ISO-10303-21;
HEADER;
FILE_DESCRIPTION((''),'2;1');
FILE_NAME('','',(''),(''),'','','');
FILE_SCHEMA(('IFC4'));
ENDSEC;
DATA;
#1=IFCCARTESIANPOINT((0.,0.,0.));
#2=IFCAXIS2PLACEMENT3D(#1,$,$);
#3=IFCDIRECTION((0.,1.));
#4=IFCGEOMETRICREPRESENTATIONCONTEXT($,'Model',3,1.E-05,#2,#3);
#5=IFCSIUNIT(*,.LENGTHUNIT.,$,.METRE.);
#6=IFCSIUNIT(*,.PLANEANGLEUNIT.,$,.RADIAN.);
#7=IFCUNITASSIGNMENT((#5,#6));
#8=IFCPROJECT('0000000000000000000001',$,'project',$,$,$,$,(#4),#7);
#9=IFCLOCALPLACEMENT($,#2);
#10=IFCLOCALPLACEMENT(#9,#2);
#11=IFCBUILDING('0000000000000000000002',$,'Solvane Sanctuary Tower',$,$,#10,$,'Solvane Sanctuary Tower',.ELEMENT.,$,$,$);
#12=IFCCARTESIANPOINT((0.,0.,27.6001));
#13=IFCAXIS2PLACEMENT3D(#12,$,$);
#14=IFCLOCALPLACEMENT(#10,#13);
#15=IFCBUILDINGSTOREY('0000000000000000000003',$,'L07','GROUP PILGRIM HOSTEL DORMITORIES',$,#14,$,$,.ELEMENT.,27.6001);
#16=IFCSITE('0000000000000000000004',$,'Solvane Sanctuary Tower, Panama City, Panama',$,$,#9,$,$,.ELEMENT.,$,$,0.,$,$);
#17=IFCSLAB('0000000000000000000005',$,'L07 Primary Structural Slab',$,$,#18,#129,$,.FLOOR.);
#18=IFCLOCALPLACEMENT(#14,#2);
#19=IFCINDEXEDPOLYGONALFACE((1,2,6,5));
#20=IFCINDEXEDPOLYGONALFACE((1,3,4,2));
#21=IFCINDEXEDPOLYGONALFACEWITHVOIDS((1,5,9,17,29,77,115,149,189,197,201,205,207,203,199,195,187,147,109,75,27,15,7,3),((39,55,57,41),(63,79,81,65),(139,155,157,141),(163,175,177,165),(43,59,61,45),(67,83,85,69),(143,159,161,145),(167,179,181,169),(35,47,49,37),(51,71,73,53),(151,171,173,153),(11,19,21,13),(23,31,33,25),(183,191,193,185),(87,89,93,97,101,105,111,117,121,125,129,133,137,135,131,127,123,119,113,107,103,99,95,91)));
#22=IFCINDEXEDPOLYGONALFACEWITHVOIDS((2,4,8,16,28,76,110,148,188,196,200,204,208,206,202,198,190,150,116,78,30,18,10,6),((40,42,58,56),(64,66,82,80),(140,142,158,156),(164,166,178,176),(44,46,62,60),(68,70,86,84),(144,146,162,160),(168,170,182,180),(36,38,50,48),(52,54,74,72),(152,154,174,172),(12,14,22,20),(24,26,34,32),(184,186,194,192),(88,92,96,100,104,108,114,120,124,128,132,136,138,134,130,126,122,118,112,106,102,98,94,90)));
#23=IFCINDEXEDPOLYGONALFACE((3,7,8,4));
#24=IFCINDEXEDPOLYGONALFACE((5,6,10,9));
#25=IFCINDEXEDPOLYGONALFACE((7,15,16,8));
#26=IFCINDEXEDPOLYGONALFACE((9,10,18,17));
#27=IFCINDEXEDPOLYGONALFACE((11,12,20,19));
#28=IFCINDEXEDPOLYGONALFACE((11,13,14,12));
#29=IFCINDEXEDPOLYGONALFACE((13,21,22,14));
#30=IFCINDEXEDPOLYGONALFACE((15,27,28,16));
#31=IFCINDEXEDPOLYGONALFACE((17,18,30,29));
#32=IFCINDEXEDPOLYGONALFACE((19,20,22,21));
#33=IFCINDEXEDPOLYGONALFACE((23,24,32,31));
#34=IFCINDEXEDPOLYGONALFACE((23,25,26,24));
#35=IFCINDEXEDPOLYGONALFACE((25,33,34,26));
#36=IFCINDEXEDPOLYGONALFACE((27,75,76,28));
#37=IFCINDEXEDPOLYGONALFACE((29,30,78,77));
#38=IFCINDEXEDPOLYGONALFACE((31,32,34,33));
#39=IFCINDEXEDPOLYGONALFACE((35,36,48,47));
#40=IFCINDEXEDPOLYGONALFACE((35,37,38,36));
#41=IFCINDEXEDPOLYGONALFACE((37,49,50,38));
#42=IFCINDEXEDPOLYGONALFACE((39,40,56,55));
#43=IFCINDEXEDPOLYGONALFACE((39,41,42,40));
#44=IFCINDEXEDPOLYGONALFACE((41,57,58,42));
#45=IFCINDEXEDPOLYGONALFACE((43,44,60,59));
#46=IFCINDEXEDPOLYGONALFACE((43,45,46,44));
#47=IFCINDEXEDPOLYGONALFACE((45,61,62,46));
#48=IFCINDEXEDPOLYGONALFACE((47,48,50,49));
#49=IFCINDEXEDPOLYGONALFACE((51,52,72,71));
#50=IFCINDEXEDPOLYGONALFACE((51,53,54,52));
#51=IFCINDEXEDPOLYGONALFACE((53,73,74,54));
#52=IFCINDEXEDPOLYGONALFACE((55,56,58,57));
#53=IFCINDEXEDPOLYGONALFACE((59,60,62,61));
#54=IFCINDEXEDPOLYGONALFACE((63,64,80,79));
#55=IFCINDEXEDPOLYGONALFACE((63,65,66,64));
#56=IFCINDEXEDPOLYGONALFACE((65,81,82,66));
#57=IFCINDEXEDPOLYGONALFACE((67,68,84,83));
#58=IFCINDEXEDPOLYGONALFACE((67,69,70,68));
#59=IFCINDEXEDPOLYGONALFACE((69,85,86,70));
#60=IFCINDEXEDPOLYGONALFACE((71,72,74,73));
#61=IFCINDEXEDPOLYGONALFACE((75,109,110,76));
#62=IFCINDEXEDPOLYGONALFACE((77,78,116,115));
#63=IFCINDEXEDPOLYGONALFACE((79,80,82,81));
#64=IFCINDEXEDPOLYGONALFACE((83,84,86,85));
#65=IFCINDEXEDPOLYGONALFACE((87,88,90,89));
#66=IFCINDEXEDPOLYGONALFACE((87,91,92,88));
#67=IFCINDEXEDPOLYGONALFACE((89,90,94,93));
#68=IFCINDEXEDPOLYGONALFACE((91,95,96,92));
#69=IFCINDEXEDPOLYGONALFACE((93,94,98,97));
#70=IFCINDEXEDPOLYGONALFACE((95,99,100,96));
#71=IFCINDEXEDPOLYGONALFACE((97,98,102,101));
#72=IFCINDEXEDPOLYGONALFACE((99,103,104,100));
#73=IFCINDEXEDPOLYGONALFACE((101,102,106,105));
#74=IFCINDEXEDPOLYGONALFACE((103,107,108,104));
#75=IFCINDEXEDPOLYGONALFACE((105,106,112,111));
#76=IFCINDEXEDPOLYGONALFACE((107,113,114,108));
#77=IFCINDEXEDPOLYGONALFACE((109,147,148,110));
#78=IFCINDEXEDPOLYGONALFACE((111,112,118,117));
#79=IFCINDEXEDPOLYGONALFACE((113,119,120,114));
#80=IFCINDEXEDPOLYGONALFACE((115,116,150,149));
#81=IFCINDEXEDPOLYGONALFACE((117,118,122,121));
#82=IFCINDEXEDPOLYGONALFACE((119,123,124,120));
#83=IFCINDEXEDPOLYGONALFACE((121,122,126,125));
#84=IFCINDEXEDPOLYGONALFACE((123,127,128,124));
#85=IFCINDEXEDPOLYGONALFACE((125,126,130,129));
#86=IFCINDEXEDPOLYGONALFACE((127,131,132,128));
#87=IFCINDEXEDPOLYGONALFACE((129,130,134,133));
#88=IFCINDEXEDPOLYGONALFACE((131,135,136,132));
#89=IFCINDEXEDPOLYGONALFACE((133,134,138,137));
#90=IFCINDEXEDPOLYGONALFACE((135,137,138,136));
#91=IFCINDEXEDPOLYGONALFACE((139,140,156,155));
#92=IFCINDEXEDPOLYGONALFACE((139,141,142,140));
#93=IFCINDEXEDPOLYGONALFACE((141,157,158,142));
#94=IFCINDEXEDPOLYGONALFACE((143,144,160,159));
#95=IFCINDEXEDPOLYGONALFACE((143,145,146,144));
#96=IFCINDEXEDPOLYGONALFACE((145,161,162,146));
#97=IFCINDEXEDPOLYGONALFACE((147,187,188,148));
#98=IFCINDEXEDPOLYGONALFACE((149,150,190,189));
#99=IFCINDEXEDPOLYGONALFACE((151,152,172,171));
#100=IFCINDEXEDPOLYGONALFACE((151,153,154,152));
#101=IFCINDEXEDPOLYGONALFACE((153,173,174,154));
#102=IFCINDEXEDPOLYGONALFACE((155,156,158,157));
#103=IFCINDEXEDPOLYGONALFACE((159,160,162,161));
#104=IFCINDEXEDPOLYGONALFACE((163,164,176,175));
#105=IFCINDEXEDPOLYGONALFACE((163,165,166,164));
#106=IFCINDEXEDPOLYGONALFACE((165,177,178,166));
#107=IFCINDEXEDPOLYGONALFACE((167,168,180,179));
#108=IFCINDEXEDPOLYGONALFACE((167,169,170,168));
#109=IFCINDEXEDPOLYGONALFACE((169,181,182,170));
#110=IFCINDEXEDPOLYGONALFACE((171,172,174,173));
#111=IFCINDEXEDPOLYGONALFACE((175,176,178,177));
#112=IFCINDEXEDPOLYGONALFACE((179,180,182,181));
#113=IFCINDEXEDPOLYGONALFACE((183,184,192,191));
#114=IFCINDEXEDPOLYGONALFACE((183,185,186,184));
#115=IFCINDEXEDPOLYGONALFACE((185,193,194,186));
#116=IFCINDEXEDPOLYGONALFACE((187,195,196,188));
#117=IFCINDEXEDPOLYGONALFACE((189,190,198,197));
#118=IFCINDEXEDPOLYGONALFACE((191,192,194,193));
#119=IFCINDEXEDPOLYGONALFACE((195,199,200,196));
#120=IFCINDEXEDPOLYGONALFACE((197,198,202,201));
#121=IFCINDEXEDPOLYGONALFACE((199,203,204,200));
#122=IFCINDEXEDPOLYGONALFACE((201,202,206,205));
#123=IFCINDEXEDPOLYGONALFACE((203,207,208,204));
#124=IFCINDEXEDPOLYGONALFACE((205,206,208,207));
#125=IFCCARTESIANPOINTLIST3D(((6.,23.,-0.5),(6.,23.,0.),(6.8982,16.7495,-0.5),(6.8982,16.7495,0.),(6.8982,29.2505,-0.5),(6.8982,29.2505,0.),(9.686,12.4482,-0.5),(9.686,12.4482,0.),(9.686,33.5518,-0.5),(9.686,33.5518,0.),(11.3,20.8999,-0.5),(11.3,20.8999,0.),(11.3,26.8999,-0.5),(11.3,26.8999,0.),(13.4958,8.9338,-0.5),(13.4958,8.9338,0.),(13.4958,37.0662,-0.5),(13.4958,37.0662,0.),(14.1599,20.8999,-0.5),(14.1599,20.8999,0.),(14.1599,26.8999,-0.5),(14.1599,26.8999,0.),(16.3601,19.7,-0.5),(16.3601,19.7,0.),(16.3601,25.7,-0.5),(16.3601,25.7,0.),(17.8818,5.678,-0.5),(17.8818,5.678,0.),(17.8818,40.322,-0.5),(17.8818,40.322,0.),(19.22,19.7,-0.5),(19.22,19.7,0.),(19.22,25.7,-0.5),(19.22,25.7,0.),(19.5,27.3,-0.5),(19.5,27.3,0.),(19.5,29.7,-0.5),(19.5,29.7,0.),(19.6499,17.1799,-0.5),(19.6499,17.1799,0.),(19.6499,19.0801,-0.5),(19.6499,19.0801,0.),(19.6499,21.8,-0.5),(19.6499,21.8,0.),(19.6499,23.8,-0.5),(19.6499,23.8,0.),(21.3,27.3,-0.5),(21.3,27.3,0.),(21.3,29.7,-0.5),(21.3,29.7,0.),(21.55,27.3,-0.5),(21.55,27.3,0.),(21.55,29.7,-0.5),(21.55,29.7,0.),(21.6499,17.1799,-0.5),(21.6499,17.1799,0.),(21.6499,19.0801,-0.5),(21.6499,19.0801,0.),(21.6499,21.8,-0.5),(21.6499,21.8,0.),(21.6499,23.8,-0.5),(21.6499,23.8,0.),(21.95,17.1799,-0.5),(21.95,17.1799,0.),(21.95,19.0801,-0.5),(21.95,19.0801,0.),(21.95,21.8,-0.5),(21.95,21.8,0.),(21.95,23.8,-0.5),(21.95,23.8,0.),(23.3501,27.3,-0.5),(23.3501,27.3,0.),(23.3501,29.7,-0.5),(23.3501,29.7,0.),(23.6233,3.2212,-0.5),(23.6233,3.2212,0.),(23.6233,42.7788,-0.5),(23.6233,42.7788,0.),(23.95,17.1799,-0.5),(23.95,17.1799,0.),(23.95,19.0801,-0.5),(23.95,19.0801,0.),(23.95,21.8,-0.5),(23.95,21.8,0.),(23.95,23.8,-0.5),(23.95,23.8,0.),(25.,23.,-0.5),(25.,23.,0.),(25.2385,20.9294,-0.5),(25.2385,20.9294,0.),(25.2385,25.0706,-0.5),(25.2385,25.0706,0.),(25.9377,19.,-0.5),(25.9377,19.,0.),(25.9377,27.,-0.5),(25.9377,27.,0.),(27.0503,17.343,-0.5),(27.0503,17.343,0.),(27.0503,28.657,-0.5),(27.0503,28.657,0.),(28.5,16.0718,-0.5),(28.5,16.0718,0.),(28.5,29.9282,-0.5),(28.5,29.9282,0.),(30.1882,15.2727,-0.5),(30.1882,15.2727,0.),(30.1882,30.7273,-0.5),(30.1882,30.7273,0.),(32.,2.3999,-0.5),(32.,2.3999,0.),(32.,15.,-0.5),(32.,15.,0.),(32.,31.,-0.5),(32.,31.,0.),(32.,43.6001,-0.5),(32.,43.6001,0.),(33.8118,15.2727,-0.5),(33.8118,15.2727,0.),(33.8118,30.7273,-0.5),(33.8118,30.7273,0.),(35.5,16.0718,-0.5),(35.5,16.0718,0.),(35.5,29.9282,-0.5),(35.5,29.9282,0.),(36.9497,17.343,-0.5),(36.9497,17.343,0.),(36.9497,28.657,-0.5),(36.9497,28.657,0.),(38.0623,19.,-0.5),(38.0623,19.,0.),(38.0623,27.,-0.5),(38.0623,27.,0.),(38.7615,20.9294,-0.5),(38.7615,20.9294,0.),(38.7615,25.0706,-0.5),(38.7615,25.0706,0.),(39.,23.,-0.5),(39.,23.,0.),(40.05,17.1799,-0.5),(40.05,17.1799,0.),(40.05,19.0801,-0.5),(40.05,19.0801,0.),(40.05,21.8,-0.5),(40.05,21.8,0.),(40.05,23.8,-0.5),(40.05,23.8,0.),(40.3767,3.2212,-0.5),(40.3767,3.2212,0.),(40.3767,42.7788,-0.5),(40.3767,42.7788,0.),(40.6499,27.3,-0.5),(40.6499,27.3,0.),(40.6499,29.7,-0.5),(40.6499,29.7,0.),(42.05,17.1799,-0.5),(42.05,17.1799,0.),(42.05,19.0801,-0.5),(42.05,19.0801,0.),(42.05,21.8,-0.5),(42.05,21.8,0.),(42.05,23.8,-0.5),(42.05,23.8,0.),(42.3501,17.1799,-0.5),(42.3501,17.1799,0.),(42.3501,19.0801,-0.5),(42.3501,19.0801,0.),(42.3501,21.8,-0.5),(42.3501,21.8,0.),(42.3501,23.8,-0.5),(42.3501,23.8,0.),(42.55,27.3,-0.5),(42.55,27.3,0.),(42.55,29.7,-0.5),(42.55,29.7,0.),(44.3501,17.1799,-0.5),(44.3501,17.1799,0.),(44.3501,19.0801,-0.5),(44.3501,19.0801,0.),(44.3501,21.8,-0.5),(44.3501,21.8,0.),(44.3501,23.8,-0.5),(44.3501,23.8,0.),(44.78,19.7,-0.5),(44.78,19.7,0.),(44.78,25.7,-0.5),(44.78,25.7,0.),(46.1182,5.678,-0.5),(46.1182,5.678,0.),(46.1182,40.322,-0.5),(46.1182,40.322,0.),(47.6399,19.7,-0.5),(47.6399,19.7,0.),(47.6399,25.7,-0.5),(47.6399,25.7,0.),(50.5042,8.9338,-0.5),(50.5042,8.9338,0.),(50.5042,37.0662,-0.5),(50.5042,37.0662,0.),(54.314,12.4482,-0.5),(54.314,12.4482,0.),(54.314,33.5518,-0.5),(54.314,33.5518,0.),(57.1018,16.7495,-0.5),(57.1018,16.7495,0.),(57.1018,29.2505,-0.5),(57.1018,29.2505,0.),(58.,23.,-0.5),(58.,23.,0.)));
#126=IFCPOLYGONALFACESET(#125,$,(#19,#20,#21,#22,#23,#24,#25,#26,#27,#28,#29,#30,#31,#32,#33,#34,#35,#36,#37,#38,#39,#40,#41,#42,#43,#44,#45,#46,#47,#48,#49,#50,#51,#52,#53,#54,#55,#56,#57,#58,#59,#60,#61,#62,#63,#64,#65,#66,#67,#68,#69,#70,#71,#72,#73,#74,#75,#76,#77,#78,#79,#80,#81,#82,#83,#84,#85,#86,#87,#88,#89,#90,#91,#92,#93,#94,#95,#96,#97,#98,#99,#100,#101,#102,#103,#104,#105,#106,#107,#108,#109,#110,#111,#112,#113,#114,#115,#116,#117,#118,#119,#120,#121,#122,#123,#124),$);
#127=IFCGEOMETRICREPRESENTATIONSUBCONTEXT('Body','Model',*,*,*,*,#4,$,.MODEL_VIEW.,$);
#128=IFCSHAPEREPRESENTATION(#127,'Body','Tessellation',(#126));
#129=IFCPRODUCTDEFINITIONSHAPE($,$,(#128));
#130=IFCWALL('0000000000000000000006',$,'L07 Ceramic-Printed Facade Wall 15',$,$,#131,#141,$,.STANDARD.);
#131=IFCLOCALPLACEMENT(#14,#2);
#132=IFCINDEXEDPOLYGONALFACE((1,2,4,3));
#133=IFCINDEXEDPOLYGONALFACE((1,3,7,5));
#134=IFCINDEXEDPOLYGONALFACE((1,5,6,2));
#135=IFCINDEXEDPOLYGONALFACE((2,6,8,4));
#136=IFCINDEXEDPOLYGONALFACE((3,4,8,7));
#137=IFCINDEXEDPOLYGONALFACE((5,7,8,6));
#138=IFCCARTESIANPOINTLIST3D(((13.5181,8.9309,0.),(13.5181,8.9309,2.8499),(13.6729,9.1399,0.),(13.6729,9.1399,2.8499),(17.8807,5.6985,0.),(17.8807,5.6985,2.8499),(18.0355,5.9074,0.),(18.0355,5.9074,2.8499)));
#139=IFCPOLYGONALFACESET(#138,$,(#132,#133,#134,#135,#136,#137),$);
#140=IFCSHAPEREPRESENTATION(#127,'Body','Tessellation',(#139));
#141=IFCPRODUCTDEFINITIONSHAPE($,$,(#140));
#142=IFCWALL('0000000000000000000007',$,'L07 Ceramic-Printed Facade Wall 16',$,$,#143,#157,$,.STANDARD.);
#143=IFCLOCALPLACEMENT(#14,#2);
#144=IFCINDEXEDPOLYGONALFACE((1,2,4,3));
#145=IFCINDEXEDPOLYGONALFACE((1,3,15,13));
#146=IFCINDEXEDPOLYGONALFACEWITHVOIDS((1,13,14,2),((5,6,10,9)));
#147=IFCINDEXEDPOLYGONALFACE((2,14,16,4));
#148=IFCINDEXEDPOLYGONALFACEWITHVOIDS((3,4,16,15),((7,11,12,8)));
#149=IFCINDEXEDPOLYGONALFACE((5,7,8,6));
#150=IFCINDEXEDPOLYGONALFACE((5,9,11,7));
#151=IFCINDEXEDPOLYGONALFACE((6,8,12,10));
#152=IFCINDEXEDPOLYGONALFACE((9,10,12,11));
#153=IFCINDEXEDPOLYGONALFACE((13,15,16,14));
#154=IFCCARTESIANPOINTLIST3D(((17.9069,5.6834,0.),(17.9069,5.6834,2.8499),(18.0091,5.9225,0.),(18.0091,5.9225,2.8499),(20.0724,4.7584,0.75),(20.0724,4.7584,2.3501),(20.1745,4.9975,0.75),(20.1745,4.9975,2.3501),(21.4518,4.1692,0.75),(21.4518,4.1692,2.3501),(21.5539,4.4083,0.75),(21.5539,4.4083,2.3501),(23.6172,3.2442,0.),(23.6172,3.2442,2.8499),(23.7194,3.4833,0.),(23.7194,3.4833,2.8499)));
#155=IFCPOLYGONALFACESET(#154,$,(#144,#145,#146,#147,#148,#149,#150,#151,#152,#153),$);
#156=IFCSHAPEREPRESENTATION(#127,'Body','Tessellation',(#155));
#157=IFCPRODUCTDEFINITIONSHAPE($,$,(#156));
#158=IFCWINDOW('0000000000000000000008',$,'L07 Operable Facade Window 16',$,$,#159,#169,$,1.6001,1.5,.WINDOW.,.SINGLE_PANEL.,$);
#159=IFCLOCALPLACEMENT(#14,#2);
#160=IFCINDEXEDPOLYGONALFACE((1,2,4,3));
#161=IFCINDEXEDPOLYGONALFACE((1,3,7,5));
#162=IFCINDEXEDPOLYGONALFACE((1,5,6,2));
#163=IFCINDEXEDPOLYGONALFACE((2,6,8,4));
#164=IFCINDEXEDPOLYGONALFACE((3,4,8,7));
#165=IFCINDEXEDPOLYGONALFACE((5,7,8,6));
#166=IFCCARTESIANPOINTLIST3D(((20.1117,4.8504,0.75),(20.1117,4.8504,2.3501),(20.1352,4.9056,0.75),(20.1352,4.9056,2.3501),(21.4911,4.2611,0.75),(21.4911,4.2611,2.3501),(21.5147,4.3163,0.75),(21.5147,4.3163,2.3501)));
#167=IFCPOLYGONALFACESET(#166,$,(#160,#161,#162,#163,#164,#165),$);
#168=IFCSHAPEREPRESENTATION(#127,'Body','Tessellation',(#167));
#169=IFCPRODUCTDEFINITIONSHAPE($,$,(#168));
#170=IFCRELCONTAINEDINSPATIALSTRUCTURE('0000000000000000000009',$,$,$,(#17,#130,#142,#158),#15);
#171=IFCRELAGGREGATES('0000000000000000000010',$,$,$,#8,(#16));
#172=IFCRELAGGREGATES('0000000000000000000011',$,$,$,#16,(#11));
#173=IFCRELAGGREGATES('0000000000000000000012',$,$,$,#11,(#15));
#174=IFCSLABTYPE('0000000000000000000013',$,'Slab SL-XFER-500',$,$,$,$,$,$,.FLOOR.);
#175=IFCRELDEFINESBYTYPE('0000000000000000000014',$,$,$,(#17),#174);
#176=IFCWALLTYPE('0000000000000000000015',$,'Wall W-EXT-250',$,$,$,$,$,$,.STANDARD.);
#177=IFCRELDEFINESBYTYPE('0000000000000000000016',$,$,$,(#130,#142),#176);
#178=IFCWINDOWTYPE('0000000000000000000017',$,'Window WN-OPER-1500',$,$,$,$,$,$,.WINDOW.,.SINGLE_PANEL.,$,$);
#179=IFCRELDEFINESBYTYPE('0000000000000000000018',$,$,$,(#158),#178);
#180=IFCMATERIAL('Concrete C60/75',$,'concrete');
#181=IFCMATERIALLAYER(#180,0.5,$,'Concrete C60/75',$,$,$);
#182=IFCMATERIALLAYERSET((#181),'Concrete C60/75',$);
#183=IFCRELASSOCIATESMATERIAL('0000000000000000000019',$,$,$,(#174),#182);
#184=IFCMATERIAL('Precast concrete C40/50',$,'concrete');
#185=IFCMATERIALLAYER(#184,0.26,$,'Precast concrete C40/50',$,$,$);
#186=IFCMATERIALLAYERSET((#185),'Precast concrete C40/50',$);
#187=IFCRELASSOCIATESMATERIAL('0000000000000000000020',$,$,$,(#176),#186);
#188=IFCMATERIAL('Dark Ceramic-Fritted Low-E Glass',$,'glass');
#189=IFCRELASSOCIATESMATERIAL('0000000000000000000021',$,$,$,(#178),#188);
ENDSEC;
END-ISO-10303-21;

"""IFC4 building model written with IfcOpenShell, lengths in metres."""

from ifc_helpers import new_model, si_unit, direction, frame, frame_2d, origin, place, context, subcontext, project, spatial, polyline, rectangle, outline, extrude, material, layer, layer_set, type_object, element, fill, save


model = new_model("IFC4")

# Units and contexts
model_context = context("Model", 3, precision=1e-05, world=origin(), true_north=direction((0.0, 1.0)))
body_context = subcontext(model_context, "Body", "Model", "MODEL_VIEW")
ifc_project = project(units=[si_unit("LENGTHUNIT", "METRE"), si_unit("PLANEANGLEUNIT", "RADIAN")], contexts=[model_context])

# Site, building, storey
site_placement = place(None, origin())
site = spatial("IfcSite", under=ifc_project, at=site_placement, Name="Solvane Sanctuary Tower, Panama City, Panama", CompositionType="ELEMENT", RefElevation=0.0)
building_placement = place(site_placement, origin())
building = spatial("IfcBuilding", under=site, at=building_placement, Name="Solvane Sanctuary Tower", LongName="Solvane Sanctuary Tower", CompositionType="ELEMENT")
storey_placement = place(building_placement, frame((0.0, 0.0, 27.6001)))
storey = spatial("IfcBuildingStorey", under=building, at=storey_placement, Name="L07", Description="GROUP PILGRIM HOSTEL DORMITORIES", CompositionType="ELEMENT", Elevation=27.6001)

# Slab
ifc_material_1 = material(Name="Precast concrete C40/50", Category="concrete")
ifc_material_2 = material(Name="Concrete C60/75", Category="concrete")
ifc_layer_1 = layer(ifc_material_2, 0.5, Name="Concrete C60/75")
ifc_layer_set_1 = layer_set([ifc_layer_1], Name="Concrete C60/75")
slab_type_1 = type_object("IfcSlabType", Name="Slab SL-XFER-500", PredefinedType="FLOOR", material=ifc_layer_set_1)
slab_1_placement = place(storey_placement, frame((0.0, 0.0, -0.5)))
element("IfcSlab", 1, at=slab_1_placement, inside=storey, type_object=slab_type_1, Name="L07 Primary Structural Slab", PredefinedType="FLOOR", context=body_context, shape_type="SweptSolid", body=[
    extrude(outline(polyline([(58.0, 23.0), (57.1018, 29.2505), (54.314, 33.5518), (50.5042, 37.0662), (46.1182, 40.322), (40.3767, 42.7788), (32.0, 43.6001), (23.6233, 42.7788), (17.8818, 40.322), (13.4958, 37.0662), (9.686, 33.5518), (6.8982, 29.2505), (6.0, 23.0), (6.8982, 16.7495), (9.686, 12.4482), (13.4958, 8.9338), (17.8818, 5.678), (23.6233, 3.2212), (32.0, 2.3999), (40.3767, 3.2212), (46.1182, 5.678), (50.5042, 8.9338), (54.314, 12.4482), (57.1018, 16.7495), (58.0, 23.0)]), holes=[polyline([(38.7615, 20.9294), (38.0623, 19.0), (36.9497, 17.343), (35.5, 16.0718), (33.8118, 15.2727), (32.0, 15.0), (30.1882, 15.2727), (28.5, 16.0718), (27.0503, 17.343), (25.9377, 19.0), (25.2385, 20.9294), (25.0, 23.0), (25.2385, 25.0706), (25.9377, 27.0), (27.0503, 28.657), (28.5, 29.9282), (30.1882, 30.7273), (32.0, 31.0), (33.8118, 30.7273), (35.5, 29.9282), (36.9497, 28.657), (38.0623, 27.0), (38.7615, 25.0706), (39.0, 23.0), (38.7615, 20.9294)]), polyline([(16.3601, 19.7), (16.3601, 25.7), (19.22, 25.7), (19.22, 19.7), (16.3601, 19.7)]), polyline([(44.78, 19.7), (44.78, 25.7), (47.6399, 25.7), (47.6399, 19.7), (44.78, 19.7)]), polyline([(11.3, 20.8999), (11.3, 26.8999), (14.1599, 26.8999), (14.1599, 20.8999), (11.3, 20.8999)]), polyline([(19.6499, 19.0801), (21.6499, 19.0801), (21.6499, 17.1799), (19.6499, 17.1799), (19.6499, 19.0801)]), polyline([(21.95, 19.0801), (23.95, 19.0801), (23.95, 17.1799), (21.95, 17.1799), (21.95, 19.0801)]), polyline([(40.05, 19.0801), (42.05, 19.0801), (42.05, 17.1799), (40.05, 17.1799), (40.05, 19.0801)]), polyline([(42.3501, 19.0801), (44.3501, 19.0801), (44.3501, 17.1799), (42.3501, 17.1799), (42.3501, 19.0801)]), polyline([(19.6499, 23.8), (21.6499, 23.8), (21.6499, 21.8), (19.6499, 21.8), (19.6499, 23.8)]), polyline([(42.3501, 23.8), (44.3501, 23.8), (44.3501, 21.8), (42.3501, 21.8), (42.3501, 23.8)]), polyline([(21.95, 23.8), (23.95, 23.8), (23.95, 21.8), (21.95, 21.8), (21.95, 23.8)]), polyline([(40.05, 23.8), (42.05, 23.8), (42.05, 21.8), (40.05, 21.8), (40.05, 23.8)]), polyline([(19.5, 29.7), (21.3, 29.7), (21.3, 27.3), (19.5, 27.3), (19.5, 29.7)]), polyline([(21.55, 29.7), (23.3501, 29.7), (23.3501, 27.3), (21.55, 27.3), (21.55, 29.7)]), polyline([(40.6499, 29.7), (42.55, 29.7), (42.55, 27.3), (40.6499, 27.3), (40.6499, 29.7)])]), origin(), (0.0, 0.0, 1.0), 0.5),
])

# Wall
ifc_layer_2 = layer(ifc_material_1, 0.26, Name="Precast concrete C40/50")
ifc_layer_set_2 = layer_set([ifc_layer_2], Name="Precast concrete C40/50")
wall_type_1 = type_object("IfcWallType", Name="Wall W-EXT-250", PredefinedType="STANDARD", material=ifc_layer_set_2)
wall_1_placement = place(storey_placement, frame((13.5955, 9.0354, 0.0), z_axis=(0.0, 0.0, 1.0), x_axis=(0.803478, -0.595335, 0.0)))
element("IfcWall", 2, at=wall_1_placement, inside=storey, type_object=wall_type_1, Name="L07 Ceramic-Printed Facade Wall 15", PredefinedType="STANDARD", context=body_context, shape_type="SweptSolid", body=[
    extrude(rectangle(XDim=5.4297, YDim=0.26, at=frame_2d((2.7148, 0.0))), origin(), (0.0, 0.0, 1.0), 2.8499),
])

# Wall, opening, window
wall_2_placement = place(storey_placement, frame((17.958, 5.803, 0.0), z_axis=(0.0, 0.0, 1.0), x_axis=(0.919612, -0.392828, 0.0)))
wall_2 = element("IfcWall", 3, at=wall_2_placement, inside=storey, type_object=wall_type_1, Name="L07 Ceramic-Printed Facade Wall 16", PredefinedType="STANDARD", context=body_context, shape_type="SweptSolid", body=[
    extrude(rectangle(XDim=6.2095, YDim=0.26, at=frame_2d((3.1047, 0.0))), origin(), (0.0, 0.0, 1.0), 2.8499),
])
opening_placement = place(wall_2_placement, frame((2.3547, 0.0, 0.75)))
opening = element("IfcOpeningElement", 4, at=opening_placement, cuts=wall_2, PredefinedType="OPENING", context=body_context, shape_type="SweptSolid", body=[
    extrude(rectangle(XDim=1.5, YDim=1.6001, at=frame_2d((0.75, 0.8))), frame((0.0, 0.1399, 0.0), z_axis=(0.0, -1.0, 0.0), x_axis=(1.0, 0.0, 0.0)), (0.0, 0.0, 1.0), 0.28),
])
ifc_material_3 = material(Name="Dark Ceramic-Fritted Low-E Glass", Category="glass")
window_type = type_object("IfcWindowType", Name="Window WN-OPER-1500", PartitioningType="SINGLE_PANEL", PredefinedType="WINDOW", material=ifc_material_3)
window_placement = place(opening_placement, origin())
window = element("IfcWindow", 5, at=window_placement, inside=storey, type_object=window_type, Name="L07 Operable Facade Window 16", OverallHeight=1.6001, OverallWidth=1.5, PartitioningType="SINGLE_PANEL", PredefinedType="WINDOW", context=body_context, shape_type="SweptSolid", body=[
    extrude(rectangle(XDim=1.5, YDim=1.6001, at=frame_2d((0.75, 0.8))), frame((0.0, 0.03, 0.0), z_axis=(0.0, -1.0, 0.0), x_axis=(1.0, 0.0, 0.0)), (0.0, 0.0, 1.0), 0.0601),
])
fill(opening, window)

save(model, "model.ifc")
